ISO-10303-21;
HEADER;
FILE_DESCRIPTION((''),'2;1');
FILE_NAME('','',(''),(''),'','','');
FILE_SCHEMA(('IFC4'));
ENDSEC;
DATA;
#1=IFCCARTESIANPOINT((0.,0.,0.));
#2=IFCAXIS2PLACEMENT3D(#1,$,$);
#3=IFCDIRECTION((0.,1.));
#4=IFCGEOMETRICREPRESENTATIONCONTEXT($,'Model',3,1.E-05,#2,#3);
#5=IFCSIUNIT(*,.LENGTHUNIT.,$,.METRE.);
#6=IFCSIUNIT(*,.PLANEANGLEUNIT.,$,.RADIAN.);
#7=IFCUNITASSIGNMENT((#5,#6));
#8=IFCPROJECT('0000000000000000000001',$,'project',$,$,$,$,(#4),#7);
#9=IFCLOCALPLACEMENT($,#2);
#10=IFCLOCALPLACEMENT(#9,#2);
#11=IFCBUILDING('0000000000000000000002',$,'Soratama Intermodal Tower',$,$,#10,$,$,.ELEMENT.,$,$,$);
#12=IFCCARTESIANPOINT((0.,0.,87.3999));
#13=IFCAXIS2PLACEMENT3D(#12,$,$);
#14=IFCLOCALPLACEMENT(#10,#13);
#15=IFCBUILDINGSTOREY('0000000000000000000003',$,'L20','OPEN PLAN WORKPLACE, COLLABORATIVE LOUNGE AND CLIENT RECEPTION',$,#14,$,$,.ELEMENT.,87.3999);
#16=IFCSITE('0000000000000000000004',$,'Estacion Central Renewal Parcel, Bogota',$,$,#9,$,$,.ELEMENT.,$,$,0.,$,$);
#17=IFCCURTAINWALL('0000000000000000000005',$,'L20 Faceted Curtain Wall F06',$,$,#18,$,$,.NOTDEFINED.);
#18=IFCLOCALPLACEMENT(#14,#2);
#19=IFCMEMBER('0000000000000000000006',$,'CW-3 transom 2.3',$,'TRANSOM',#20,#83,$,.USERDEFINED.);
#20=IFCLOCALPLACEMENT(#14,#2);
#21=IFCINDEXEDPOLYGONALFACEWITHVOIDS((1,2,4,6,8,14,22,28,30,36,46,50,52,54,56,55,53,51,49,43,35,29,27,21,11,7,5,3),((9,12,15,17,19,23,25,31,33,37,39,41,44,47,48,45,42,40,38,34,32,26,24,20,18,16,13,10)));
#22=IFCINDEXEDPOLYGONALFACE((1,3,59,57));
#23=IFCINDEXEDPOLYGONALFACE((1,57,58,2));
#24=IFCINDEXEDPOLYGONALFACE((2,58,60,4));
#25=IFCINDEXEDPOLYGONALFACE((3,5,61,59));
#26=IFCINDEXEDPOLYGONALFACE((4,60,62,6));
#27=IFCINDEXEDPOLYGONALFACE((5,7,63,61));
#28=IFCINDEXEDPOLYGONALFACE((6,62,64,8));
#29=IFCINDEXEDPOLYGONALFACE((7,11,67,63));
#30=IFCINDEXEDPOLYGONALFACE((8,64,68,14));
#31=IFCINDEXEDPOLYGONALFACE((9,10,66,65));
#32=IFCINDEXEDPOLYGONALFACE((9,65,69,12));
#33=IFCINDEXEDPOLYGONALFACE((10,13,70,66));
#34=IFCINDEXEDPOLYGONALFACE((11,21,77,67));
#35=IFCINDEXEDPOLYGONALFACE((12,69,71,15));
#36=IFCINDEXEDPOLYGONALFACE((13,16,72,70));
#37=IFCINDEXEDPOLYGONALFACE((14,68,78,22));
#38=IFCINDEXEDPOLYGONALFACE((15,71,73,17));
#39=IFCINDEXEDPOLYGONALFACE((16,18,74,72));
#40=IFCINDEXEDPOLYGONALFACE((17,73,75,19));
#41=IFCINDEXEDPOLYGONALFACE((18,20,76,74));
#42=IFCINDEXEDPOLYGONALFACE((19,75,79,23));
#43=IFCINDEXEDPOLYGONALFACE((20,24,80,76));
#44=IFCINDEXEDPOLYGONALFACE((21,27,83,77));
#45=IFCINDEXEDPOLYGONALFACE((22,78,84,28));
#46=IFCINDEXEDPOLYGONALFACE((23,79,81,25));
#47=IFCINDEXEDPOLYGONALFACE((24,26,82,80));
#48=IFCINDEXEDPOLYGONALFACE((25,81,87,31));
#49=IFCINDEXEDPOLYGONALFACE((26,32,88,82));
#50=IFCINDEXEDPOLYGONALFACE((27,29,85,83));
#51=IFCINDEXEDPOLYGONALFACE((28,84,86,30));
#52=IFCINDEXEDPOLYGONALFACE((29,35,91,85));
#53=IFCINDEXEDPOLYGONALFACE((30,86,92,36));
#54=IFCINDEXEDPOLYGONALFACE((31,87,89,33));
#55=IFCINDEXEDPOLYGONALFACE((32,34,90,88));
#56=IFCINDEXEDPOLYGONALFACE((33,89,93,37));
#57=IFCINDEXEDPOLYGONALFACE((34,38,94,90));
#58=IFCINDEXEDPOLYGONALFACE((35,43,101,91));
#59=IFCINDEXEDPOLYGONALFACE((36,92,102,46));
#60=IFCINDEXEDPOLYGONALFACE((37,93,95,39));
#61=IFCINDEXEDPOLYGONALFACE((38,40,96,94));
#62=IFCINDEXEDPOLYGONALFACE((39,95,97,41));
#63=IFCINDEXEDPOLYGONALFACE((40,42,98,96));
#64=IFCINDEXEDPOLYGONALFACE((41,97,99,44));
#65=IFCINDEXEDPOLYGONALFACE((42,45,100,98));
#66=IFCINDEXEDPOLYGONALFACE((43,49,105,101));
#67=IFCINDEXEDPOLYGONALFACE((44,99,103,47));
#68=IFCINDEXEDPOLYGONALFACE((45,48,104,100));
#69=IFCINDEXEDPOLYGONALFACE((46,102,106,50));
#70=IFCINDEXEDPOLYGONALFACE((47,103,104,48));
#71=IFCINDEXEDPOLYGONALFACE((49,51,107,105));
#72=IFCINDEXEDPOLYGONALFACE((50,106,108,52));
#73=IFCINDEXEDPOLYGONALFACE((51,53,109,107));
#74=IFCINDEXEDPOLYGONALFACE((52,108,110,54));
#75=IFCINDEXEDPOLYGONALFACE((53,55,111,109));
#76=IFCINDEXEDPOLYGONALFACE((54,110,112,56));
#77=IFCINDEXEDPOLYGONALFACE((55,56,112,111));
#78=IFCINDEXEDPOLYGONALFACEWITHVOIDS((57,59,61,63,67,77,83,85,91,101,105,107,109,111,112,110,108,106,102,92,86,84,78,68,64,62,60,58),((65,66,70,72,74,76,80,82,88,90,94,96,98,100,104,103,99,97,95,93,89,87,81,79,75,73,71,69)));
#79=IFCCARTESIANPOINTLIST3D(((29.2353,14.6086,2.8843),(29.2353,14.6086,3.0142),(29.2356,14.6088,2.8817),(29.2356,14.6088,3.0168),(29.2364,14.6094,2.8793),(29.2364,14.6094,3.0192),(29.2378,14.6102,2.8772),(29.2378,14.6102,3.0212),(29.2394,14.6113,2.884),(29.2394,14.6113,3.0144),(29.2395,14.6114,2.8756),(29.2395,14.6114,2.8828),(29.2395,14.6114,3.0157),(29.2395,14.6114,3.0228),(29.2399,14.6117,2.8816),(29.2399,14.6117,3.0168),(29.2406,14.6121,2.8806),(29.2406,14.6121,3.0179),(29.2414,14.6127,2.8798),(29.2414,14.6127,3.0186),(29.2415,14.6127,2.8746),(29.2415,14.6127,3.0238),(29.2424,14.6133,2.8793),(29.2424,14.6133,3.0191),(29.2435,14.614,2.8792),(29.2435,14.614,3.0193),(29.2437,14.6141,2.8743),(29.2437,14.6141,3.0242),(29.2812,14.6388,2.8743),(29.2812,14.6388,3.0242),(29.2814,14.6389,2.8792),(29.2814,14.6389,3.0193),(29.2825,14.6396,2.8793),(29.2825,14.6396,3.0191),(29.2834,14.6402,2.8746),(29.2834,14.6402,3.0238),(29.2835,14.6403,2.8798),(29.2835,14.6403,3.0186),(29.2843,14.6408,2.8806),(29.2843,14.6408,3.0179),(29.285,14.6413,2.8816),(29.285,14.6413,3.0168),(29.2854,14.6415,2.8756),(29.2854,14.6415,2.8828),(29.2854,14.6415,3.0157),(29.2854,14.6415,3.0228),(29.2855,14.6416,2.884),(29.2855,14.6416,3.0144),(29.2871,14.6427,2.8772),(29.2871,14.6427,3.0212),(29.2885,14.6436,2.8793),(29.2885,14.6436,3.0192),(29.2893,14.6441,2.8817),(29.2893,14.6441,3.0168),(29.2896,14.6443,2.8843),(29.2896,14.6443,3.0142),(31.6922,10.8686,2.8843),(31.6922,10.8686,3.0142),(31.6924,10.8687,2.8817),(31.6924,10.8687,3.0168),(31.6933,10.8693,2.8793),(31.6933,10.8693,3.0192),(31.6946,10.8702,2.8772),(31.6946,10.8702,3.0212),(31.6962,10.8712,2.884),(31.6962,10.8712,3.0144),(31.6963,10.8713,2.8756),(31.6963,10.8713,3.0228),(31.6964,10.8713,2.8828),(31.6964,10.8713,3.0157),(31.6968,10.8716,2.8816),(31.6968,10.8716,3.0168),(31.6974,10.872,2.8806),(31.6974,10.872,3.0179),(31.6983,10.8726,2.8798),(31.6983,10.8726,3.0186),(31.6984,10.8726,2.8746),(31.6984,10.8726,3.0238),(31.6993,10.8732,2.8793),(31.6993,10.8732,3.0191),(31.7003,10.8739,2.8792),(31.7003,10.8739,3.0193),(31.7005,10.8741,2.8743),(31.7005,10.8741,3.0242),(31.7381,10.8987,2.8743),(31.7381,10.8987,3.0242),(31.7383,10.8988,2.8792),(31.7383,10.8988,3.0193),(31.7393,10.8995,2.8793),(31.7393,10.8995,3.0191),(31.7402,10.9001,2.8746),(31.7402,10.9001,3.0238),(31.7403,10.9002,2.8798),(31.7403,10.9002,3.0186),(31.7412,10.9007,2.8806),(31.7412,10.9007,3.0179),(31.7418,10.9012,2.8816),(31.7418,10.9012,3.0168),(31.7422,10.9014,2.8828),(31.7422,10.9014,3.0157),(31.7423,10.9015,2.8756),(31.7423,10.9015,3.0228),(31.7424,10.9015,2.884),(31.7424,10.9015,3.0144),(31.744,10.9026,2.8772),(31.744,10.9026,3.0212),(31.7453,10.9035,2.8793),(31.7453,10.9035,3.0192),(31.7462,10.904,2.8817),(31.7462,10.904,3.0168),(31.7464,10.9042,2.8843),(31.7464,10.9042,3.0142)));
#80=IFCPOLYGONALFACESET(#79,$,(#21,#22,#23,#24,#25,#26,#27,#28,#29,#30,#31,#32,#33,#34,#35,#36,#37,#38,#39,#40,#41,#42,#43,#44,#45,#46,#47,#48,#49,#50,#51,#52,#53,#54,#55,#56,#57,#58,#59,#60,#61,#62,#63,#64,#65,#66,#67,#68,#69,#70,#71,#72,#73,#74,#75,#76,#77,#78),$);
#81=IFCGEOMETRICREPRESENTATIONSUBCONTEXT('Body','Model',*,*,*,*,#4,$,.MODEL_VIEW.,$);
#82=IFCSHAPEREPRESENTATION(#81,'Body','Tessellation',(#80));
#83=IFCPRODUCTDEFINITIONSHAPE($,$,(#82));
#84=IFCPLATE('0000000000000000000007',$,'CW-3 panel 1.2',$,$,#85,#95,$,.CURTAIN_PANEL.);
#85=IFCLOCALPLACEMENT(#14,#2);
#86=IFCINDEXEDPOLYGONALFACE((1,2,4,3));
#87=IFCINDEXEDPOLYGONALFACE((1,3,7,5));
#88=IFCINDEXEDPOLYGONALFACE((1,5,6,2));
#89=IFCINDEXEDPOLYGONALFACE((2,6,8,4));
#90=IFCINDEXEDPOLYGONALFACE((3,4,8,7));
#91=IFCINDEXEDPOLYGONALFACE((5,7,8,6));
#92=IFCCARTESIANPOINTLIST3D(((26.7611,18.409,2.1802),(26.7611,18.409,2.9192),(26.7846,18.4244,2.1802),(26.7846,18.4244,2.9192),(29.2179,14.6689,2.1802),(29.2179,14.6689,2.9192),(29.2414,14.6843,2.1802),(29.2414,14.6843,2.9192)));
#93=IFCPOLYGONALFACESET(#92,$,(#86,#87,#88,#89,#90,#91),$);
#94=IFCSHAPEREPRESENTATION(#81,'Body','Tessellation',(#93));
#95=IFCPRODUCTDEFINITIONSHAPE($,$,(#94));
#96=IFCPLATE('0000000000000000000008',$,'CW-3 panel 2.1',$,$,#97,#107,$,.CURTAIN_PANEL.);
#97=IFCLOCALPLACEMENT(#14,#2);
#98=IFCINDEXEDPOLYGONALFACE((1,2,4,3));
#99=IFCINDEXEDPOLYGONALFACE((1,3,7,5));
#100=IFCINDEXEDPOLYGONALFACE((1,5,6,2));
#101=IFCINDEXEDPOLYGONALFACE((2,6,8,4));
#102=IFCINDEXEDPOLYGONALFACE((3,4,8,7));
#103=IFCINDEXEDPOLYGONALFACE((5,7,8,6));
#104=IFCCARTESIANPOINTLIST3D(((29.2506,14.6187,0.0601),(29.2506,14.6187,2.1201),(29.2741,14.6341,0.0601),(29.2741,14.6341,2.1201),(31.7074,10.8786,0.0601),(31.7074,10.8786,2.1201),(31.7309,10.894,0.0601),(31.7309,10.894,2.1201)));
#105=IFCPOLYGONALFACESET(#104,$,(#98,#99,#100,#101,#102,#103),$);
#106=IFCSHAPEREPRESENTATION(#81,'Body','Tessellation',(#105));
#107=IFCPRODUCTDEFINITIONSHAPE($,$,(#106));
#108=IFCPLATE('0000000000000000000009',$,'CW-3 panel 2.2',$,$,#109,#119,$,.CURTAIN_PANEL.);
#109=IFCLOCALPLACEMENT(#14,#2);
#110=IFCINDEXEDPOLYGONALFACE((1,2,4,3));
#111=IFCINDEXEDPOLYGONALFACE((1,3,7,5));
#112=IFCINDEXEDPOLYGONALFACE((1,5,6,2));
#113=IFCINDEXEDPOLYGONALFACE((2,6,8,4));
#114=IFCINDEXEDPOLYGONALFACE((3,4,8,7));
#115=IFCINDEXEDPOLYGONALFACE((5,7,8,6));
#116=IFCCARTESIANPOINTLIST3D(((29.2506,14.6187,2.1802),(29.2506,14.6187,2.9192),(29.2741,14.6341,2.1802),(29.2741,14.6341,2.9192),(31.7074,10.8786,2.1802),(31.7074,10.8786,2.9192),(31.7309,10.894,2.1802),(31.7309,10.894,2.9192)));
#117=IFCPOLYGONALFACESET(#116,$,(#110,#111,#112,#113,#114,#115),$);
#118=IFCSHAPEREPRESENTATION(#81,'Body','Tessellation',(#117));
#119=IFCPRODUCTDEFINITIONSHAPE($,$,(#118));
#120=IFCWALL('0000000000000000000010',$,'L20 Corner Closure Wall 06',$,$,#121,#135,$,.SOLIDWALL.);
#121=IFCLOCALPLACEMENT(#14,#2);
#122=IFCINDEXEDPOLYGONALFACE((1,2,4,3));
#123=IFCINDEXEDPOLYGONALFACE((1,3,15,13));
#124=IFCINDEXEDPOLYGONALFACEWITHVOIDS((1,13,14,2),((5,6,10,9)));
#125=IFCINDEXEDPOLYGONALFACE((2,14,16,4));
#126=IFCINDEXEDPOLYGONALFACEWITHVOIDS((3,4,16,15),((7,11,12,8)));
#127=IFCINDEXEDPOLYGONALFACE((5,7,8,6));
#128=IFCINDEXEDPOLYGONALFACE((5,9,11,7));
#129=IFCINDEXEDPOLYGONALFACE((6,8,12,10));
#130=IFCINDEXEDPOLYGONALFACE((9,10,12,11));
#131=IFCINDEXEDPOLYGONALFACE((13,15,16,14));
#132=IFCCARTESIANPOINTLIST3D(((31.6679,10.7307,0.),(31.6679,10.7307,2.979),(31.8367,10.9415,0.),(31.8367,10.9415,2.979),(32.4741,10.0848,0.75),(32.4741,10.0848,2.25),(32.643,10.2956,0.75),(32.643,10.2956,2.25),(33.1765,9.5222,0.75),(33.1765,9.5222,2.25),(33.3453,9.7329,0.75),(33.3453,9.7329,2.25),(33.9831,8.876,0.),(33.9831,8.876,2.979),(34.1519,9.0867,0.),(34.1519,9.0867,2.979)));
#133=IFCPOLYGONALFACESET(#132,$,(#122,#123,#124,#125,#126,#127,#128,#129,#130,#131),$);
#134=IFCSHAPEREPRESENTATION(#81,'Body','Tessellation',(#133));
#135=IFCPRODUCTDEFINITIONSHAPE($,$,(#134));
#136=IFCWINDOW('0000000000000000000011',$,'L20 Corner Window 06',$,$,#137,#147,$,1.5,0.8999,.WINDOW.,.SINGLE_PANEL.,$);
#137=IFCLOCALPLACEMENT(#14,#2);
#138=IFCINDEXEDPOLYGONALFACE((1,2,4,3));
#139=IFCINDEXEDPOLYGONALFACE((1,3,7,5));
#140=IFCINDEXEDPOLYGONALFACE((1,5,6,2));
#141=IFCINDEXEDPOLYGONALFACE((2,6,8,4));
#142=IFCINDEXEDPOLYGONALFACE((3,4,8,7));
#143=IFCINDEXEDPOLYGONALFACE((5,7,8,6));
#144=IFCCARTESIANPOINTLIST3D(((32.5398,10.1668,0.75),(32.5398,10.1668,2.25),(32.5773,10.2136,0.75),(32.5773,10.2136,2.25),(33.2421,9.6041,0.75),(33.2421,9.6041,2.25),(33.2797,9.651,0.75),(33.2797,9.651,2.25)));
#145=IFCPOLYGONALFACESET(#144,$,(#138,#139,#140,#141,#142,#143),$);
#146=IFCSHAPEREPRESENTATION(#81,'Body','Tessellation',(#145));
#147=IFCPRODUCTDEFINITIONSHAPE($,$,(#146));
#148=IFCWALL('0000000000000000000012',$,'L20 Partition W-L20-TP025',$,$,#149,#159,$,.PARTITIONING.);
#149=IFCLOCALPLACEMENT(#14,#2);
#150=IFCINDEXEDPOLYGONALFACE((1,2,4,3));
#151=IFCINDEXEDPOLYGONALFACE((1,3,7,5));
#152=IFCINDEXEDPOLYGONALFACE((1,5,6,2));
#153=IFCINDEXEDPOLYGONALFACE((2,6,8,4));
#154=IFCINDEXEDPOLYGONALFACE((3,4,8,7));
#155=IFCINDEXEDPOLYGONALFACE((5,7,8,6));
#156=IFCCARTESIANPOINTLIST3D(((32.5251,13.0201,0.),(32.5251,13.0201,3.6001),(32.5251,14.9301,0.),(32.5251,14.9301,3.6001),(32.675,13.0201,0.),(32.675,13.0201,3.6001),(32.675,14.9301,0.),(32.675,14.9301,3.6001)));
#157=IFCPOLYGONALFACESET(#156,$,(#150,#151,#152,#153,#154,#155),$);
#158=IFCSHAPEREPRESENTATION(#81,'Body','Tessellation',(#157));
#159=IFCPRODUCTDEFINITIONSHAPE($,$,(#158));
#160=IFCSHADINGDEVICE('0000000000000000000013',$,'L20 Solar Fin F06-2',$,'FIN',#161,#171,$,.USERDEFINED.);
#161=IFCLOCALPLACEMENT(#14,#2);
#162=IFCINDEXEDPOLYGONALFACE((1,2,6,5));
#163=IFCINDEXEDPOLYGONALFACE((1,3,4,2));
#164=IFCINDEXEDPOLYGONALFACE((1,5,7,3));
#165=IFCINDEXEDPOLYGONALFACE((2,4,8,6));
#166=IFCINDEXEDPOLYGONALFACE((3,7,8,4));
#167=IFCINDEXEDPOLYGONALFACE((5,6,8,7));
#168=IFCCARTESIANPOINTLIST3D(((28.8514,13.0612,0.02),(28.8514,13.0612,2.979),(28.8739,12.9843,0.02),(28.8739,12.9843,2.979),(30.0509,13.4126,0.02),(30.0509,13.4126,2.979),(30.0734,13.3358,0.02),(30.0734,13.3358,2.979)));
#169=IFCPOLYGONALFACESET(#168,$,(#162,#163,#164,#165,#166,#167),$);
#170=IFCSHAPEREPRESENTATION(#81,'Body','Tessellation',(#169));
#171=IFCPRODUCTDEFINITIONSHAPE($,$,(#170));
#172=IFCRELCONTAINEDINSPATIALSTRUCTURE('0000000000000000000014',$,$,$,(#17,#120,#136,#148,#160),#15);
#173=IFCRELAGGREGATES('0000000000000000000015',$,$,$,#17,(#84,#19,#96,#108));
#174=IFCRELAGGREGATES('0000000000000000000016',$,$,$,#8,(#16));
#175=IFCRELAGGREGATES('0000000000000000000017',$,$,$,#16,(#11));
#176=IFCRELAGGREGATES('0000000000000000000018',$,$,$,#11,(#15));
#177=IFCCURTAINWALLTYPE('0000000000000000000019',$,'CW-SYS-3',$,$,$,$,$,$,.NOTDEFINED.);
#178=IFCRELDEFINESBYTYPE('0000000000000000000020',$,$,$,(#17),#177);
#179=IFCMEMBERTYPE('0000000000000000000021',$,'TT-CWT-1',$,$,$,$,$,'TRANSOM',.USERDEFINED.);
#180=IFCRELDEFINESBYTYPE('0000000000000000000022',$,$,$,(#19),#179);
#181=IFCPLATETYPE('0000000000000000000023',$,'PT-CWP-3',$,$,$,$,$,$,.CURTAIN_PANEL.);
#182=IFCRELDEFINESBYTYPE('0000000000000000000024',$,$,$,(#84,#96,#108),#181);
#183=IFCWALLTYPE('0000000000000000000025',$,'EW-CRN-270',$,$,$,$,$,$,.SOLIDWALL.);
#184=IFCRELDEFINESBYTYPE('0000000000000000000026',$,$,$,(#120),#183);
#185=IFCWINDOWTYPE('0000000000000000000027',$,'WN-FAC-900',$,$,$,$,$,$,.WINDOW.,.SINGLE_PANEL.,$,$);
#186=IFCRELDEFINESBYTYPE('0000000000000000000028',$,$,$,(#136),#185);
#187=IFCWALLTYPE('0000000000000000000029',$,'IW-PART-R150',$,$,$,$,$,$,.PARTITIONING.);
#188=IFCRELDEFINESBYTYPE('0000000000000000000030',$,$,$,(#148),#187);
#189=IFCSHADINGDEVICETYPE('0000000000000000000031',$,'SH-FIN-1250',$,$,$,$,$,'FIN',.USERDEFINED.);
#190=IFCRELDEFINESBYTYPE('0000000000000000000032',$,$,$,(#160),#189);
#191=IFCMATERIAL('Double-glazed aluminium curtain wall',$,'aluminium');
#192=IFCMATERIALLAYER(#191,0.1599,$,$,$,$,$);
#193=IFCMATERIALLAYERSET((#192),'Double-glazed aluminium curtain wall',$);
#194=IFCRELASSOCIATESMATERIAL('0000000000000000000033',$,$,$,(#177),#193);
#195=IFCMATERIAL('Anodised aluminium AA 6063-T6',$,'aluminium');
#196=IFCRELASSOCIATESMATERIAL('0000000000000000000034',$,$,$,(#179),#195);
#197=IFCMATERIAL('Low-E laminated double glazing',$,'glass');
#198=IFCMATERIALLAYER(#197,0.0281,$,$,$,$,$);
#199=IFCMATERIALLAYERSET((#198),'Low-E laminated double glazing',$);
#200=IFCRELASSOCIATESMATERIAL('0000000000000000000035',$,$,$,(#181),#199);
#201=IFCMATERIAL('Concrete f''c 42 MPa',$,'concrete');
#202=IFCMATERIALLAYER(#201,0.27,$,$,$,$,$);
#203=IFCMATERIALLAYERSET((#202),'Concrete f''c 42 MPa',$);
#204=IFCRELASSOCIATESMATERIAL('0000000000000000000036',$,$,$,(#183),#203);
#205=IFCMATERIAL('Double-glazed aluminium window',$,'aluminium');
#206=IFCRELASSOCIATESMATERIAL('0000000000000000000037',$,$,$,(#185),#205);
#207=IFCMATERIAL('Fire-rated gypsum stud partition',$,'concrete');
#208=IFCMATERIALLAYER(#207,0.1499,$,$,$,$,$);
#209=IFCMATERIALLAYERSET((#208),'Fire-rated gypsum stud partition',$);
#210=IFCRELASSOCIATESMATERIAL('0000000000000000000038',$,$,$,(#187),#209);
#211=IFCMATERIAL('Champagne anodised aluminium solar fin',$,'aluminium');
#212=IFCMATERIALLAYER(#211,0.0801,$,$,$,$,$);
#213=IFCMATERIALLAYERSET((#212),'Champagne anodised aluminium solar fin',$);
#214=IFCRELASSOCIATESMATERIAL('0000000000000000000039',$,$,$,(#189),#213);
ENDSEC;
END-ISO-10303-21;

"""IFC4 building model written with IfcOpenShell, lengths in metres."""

from ifc_helpers import new_model, si_unit, direction, frame, frame_2d, origin, origin_2d, place, context, subcontext, project, spatial, rectangle, hollow_rectangle, extrude, material, layer, layer_set, material_profile, profile_set, type_object, element, fill, aggregate, save


model = new_model("IFC4")

# Units and contexts
model_context = context("Model", 3, precision=1e-05, world=origin(), true_north=direction((0.0, 1.0)))
body_context = subcontext(model_context, "Body", "Model", "MODEL_VIEW")
ifc_project = project(units=[si_unit("LENGTHUNIT", "METRE"), si_unit("PLANEANGLEUNIT", "RADIAN")], contexts=[model_context])

# Site, building, storey
site_placement = place(None, origin())
site = spatial("IfcSite", under=ifc_project, at=site_placement, Name="Estacion Central Renewal Parcel, Bogota", CompositionType="ELEMENT", RefElevation=0.0)
building_placement = place(site_placement, origin())
building = spatial("IfcBuilding", under=site, at=building_placement, Name="Soratama Intermodal Tower", CompositionType="ELEMENT")
storey_placement = place(building_placement, frame((0.0, 0.0, 87.3999)))
storey = spatial("IfcBuildingStorey", under=building, at=storey_placement, Name="L20", Description="OPEN PLAN WORKPLACE, COLLABORATIVE LOUNGE AND CLIENT RECEPTION", CompositionType="ELEMENT", Elevation=87.3999)

# Curtain wall, member, plates
ifc_material_1 = material(Name="Double-glazed aluminium curtain wall", Category="aluminium")
ifc_layer_1 = layer(ifc_material_1, 0.1599)
ifc_layer_set_1 = layer_set([ifc_layer_1], Name="Double-glazed aluminium curtain wall")
curtain_wall_type = type_object("IfcCurtainWallType", Name="CW-SYS-3", PredefinedType="NOTDEFINED", material=ifc_layer_set_1)
curtain_wall_placement = place(storey_placement, origin())
curtain_wall = element("IfcCurtainWall", 1, at=curtain_wall_placement, inside=storey, type_object=curtain_wall_type, Name="L20 Faceted Curtain Wall F06", PredefinedType="NOTDEFINED")
ifc_material_2 = material(Name="Anodised aluminium AA 6063-T6", Category="aluminium")
ifc_material_profile_1 = material_profile(ifc_material_2, hollow_rectangle(XDim=0.0649, YDim=0.1499, WallThickness=0.0049, InnerFilletRadius=0.0049, OuterFilletRadius=0.01, at=origin_2d()), Name="CWT150X65X5")
ifc_profile_set_1 = profile_set([ifc_material_profile_1], Name="Anodised aluminium AA 6063-T6")
member_type_1 = type_object("IfcMemberType", Name="TT-CWT-1", ElementType="TRANSOM", PredefinedType="USERDEFINED", material=ifc_profile_set_1)
member_1_placement = place(storey_placement, frame((29.2625, 14.6265, 2.9492), z_axis=(0.549034, -0.8358, 0.0), x_axis=(0.8358, 0.549034, 0.0)))
member_1 = element("IfcMember", 2, at=member_1_placement, type_object=member_type_1, Name="CW-3 transom 2.3", ObjectType="TRANSOM", PredefinedType="USERDEFINED", context=body_context, shape_type="SweptSolid", body=[
    extrude(hollow_rectangle(XDim=0.0649, YDim=0.1499, WallThickness=0.0049, InnerFilletRadius=0.0049, OuterFilletRadius=0.01, at=origin_2d()), origin(), (0.0, 0.0, 1.0), 4.4749),
])
ifc_material_3 = material(Name="Low-E laminated double glazing", Category="glass")
ifc_layer_2 = layer(ifc_material_3, 0.0281)
ifc_layer_set_2 = layer_set([ifc_layer_2], Name="Low-E laminated double glazing")
plate_type = type_object("IfcPlateType", Name="PT-CWP-3", PredefinedType="CURTAIN_PANEL", material=ifc_layer_set_2)
plate_1_placement = place(storey_placement, frame((28.0012, 16.5466, 2.1802), z_axis=(0.0, 0.0, 1.0), x_axis=(0.549023, -0.835807, 0.0)))
plate_1 = element("IfcPlate", 3, at=plate_1_placement, type_object=plate_type, Name="CW-3 panel 1.2", PredefinedType="CURTAIN_PANEL", context=body_context, shape_type="SweptSolid", body=[
    extrude(rectangle(XDim=4.4749, YDim=0.0281, at=origin_2d()), origin(), (0.0, 0.0, 1.0), 0.739),
])
plate_2_placement = place(storey_placement, frame((30.4907, 12.7563, 0.0601), z_axis=(0.0, 0.0, 1.0), x_axis=(0.549023, -0.835807, 0.0)))
plate_2 = element("IfcPlate", 4, at=plate_2_placement, type_object=plate_type, Name="CW-3 panel 2.1", PredefinedType="CURTAIN_PANEL", context=body_context, shape_type="SweptSolid", body=[
    extrude(rectangle(XDim=4.4749, YDim=0.0281, at=origin_2d()), origin(), (0.0, 0.0, 1.0), 2.0601),
])
plate_3_placement = place(storey_placement, frame((30.4907, 12.7563, 2.1802), z_axis=(0.0, 0.0, 1.0), x_axis=(0.549023, -0.835807, 0.0)))
plate_3 = element("IfcPlate", 5, at=plate_3_placement, type_object=plate_type, Name="CW-3 panel 2.2", PredefinedType="CURTAIN_PANEL", context=body_context, shape_type="SweptSolid", body=[
    extrude(rectangle(XDim=4.4749, YDim=0.0281, at=origin_2d()), origin(), (0.0, 0.0, 1.0), 0.739),
])
aggregate(curtain_wall, [plate_1, member_1, plate_2, plate_3])

# Wall, opening, window
ifc_material_4 = material(Name="Concrete f'c 42 MPa", Category="concrete")
ifc_layer_3 = layer(ifc_material_4, 0.27)
ifc_layer_set_3 = layer_set([ifc_layer_3], Name="Concrete f'c 42 MPa")
wall_type_1 = type_object("IfcWallType", Name="EW-CRN-270", PredefinedType="SOLIDWALL", material=ifc_layer_set_3)
wall_1_placement = place(storey_placement, frame((31.7522, 10.8362, 0.0), z_axis=(0.0, 0.0, 1.0), x_axis=(0.780443, -0.625227, 0.0)))
wall_1 = element("IfcWall", 6, at=wall_1_placement, inside=storey, type_object=wall_type_1, Name="L20 Corner Closure Wall 06", PredefinedType="SOLIDWALL", context=body_context, shape_type="SweptSolid", body=[
    extrude(rectangle(XDim=2.9666, YDim=0.27, at=frame_2d((1.4834, 0.0))), origin(), (0.0, 0.0, 1.0), 2.979),
])
opening_placement = place(wall_1_placement, frame((1.0332, 0.0, 0.75)))
opening = element("IfcOpeningElement", 7, at=opening_placement, cuts=wall_1, PredefinedType="OPENING", context=body_context, shape_type="SweptSolid", body=[
    extrude(rectangle(XDim=0.8999, YDim=1.5, at=frame_2d((0.45, 0.75))), frame((0.0, 0.145, 0.0), z_axis=(0.0, -1.0, 0.0), x_axis=(1.0, 0.0, 0.0)), (0.0, 0.0, 1.0), 0.29),
])
ifc_material_5 = material(Name="Double-glazed aluminium window", Category="aluminium")
window_type = type_object("IfcWindowType", Name="WN-FAC-900", PartitioningType="SINGLE_PANEL", PredefinedType="WINDOW", material=ifc_material_5)
window_placement = place(opening_placement, origin())
window = element("IfcWindow", 8, at=window_placement, inside=storey, type_object=window_type, Name="L20 Corner Window 06", OverallHeight=1.5, OverallWidth=0.8999, PartitioningType="SINGLE_PANEL", PredefinedType="WINDOW", context=body_context, shape_type="SweptSolid", body=[
    extrude(rectangle(XDim=0.8999, YDim=1.5, at=frame_2d((0.45, 0.75))), frame((0.0, 0.03, 0.0), z_axis=(0.0, -1.0, 0.0), x_axis=(1.0, 0.0, 0.0)), (0.0, 0.0, 1.0), 0.0601),
])
fill(opening, window)

# Wall
ifc_material_6 = material(Name="Fire-rated gypsum stud partition", Category="concrete")
ifc_layer_4 = layer(ifc_material_6, 0.1499)
ifc_layer_set_4 = layer_set([ifc_layer_4], Name="Fire-rated gypsum stud partition")
wall_type_2 = type_object("IfcWallType", Name="IW-PART-R150", PredefinedType="PARTITIONING", material=ifc_layer_set_4)
wall_2_placement = place(storey_placement, frame((32.6001, 13.02, 0.0), z_axis=(0.0, 0.0, 1.0), x_axis=(0.0, 1.0, 0.0)))
element("IfcWall", 9, at=wall_2_placement, inside=storey, type_object=wall_type_2, Name="L20 Partition W-L20-TP025", PredefinedType="PARTITIONING", context=body_context, shape_type="SweptSolid", body=[
    extrude(rectangle(XDim=1.9099, YDim=0.1499, at=frame_2d((0.9551, 0.0))), origin(), (0.0, 0.0, 1.0), 3.6001),
])

# Shading device
ifc_material_7 = material(Name="Champagne anodised aluminium solar fin", Category="aluminium")
ifc_layer_5 = layer(ifc_material_7, 0.0801)
ifc_layer_set_5 = layer_set([ifc_layer_5], Name="Champagne anodised aluminium solar fin")
shading_device_type = type_object("IfcShadingDeviceType", Name="SH-FIN-1250", ElementType="FIN", PredefinedType="USERDEFINED", material=ifc_layer_set_5)
shading_device_placement = place(storey_placement, frame((29.4624, 13.1985, 0.02), z_axis=(0.0, 0.0, 1.0), x_axis=(-0.959658, -0.281169, 0.0)))
element("IfcShadingDevice", 10, at=shading_device_placement, inside=storey, type_object=shading_device_type, Name="L20 Solar Fin F06-2", ObjectType="FIN", PredefinedType="USERDEFINED", context=body_context, shape_type="SweptSolid", body=[
    extrude(rectangle(XDim=1.25, YDim=0.0801, at=origin_2d()), origin(), (0.0, 0.0, 1.0), 2.959),
])

save(model, "model.ifc")
